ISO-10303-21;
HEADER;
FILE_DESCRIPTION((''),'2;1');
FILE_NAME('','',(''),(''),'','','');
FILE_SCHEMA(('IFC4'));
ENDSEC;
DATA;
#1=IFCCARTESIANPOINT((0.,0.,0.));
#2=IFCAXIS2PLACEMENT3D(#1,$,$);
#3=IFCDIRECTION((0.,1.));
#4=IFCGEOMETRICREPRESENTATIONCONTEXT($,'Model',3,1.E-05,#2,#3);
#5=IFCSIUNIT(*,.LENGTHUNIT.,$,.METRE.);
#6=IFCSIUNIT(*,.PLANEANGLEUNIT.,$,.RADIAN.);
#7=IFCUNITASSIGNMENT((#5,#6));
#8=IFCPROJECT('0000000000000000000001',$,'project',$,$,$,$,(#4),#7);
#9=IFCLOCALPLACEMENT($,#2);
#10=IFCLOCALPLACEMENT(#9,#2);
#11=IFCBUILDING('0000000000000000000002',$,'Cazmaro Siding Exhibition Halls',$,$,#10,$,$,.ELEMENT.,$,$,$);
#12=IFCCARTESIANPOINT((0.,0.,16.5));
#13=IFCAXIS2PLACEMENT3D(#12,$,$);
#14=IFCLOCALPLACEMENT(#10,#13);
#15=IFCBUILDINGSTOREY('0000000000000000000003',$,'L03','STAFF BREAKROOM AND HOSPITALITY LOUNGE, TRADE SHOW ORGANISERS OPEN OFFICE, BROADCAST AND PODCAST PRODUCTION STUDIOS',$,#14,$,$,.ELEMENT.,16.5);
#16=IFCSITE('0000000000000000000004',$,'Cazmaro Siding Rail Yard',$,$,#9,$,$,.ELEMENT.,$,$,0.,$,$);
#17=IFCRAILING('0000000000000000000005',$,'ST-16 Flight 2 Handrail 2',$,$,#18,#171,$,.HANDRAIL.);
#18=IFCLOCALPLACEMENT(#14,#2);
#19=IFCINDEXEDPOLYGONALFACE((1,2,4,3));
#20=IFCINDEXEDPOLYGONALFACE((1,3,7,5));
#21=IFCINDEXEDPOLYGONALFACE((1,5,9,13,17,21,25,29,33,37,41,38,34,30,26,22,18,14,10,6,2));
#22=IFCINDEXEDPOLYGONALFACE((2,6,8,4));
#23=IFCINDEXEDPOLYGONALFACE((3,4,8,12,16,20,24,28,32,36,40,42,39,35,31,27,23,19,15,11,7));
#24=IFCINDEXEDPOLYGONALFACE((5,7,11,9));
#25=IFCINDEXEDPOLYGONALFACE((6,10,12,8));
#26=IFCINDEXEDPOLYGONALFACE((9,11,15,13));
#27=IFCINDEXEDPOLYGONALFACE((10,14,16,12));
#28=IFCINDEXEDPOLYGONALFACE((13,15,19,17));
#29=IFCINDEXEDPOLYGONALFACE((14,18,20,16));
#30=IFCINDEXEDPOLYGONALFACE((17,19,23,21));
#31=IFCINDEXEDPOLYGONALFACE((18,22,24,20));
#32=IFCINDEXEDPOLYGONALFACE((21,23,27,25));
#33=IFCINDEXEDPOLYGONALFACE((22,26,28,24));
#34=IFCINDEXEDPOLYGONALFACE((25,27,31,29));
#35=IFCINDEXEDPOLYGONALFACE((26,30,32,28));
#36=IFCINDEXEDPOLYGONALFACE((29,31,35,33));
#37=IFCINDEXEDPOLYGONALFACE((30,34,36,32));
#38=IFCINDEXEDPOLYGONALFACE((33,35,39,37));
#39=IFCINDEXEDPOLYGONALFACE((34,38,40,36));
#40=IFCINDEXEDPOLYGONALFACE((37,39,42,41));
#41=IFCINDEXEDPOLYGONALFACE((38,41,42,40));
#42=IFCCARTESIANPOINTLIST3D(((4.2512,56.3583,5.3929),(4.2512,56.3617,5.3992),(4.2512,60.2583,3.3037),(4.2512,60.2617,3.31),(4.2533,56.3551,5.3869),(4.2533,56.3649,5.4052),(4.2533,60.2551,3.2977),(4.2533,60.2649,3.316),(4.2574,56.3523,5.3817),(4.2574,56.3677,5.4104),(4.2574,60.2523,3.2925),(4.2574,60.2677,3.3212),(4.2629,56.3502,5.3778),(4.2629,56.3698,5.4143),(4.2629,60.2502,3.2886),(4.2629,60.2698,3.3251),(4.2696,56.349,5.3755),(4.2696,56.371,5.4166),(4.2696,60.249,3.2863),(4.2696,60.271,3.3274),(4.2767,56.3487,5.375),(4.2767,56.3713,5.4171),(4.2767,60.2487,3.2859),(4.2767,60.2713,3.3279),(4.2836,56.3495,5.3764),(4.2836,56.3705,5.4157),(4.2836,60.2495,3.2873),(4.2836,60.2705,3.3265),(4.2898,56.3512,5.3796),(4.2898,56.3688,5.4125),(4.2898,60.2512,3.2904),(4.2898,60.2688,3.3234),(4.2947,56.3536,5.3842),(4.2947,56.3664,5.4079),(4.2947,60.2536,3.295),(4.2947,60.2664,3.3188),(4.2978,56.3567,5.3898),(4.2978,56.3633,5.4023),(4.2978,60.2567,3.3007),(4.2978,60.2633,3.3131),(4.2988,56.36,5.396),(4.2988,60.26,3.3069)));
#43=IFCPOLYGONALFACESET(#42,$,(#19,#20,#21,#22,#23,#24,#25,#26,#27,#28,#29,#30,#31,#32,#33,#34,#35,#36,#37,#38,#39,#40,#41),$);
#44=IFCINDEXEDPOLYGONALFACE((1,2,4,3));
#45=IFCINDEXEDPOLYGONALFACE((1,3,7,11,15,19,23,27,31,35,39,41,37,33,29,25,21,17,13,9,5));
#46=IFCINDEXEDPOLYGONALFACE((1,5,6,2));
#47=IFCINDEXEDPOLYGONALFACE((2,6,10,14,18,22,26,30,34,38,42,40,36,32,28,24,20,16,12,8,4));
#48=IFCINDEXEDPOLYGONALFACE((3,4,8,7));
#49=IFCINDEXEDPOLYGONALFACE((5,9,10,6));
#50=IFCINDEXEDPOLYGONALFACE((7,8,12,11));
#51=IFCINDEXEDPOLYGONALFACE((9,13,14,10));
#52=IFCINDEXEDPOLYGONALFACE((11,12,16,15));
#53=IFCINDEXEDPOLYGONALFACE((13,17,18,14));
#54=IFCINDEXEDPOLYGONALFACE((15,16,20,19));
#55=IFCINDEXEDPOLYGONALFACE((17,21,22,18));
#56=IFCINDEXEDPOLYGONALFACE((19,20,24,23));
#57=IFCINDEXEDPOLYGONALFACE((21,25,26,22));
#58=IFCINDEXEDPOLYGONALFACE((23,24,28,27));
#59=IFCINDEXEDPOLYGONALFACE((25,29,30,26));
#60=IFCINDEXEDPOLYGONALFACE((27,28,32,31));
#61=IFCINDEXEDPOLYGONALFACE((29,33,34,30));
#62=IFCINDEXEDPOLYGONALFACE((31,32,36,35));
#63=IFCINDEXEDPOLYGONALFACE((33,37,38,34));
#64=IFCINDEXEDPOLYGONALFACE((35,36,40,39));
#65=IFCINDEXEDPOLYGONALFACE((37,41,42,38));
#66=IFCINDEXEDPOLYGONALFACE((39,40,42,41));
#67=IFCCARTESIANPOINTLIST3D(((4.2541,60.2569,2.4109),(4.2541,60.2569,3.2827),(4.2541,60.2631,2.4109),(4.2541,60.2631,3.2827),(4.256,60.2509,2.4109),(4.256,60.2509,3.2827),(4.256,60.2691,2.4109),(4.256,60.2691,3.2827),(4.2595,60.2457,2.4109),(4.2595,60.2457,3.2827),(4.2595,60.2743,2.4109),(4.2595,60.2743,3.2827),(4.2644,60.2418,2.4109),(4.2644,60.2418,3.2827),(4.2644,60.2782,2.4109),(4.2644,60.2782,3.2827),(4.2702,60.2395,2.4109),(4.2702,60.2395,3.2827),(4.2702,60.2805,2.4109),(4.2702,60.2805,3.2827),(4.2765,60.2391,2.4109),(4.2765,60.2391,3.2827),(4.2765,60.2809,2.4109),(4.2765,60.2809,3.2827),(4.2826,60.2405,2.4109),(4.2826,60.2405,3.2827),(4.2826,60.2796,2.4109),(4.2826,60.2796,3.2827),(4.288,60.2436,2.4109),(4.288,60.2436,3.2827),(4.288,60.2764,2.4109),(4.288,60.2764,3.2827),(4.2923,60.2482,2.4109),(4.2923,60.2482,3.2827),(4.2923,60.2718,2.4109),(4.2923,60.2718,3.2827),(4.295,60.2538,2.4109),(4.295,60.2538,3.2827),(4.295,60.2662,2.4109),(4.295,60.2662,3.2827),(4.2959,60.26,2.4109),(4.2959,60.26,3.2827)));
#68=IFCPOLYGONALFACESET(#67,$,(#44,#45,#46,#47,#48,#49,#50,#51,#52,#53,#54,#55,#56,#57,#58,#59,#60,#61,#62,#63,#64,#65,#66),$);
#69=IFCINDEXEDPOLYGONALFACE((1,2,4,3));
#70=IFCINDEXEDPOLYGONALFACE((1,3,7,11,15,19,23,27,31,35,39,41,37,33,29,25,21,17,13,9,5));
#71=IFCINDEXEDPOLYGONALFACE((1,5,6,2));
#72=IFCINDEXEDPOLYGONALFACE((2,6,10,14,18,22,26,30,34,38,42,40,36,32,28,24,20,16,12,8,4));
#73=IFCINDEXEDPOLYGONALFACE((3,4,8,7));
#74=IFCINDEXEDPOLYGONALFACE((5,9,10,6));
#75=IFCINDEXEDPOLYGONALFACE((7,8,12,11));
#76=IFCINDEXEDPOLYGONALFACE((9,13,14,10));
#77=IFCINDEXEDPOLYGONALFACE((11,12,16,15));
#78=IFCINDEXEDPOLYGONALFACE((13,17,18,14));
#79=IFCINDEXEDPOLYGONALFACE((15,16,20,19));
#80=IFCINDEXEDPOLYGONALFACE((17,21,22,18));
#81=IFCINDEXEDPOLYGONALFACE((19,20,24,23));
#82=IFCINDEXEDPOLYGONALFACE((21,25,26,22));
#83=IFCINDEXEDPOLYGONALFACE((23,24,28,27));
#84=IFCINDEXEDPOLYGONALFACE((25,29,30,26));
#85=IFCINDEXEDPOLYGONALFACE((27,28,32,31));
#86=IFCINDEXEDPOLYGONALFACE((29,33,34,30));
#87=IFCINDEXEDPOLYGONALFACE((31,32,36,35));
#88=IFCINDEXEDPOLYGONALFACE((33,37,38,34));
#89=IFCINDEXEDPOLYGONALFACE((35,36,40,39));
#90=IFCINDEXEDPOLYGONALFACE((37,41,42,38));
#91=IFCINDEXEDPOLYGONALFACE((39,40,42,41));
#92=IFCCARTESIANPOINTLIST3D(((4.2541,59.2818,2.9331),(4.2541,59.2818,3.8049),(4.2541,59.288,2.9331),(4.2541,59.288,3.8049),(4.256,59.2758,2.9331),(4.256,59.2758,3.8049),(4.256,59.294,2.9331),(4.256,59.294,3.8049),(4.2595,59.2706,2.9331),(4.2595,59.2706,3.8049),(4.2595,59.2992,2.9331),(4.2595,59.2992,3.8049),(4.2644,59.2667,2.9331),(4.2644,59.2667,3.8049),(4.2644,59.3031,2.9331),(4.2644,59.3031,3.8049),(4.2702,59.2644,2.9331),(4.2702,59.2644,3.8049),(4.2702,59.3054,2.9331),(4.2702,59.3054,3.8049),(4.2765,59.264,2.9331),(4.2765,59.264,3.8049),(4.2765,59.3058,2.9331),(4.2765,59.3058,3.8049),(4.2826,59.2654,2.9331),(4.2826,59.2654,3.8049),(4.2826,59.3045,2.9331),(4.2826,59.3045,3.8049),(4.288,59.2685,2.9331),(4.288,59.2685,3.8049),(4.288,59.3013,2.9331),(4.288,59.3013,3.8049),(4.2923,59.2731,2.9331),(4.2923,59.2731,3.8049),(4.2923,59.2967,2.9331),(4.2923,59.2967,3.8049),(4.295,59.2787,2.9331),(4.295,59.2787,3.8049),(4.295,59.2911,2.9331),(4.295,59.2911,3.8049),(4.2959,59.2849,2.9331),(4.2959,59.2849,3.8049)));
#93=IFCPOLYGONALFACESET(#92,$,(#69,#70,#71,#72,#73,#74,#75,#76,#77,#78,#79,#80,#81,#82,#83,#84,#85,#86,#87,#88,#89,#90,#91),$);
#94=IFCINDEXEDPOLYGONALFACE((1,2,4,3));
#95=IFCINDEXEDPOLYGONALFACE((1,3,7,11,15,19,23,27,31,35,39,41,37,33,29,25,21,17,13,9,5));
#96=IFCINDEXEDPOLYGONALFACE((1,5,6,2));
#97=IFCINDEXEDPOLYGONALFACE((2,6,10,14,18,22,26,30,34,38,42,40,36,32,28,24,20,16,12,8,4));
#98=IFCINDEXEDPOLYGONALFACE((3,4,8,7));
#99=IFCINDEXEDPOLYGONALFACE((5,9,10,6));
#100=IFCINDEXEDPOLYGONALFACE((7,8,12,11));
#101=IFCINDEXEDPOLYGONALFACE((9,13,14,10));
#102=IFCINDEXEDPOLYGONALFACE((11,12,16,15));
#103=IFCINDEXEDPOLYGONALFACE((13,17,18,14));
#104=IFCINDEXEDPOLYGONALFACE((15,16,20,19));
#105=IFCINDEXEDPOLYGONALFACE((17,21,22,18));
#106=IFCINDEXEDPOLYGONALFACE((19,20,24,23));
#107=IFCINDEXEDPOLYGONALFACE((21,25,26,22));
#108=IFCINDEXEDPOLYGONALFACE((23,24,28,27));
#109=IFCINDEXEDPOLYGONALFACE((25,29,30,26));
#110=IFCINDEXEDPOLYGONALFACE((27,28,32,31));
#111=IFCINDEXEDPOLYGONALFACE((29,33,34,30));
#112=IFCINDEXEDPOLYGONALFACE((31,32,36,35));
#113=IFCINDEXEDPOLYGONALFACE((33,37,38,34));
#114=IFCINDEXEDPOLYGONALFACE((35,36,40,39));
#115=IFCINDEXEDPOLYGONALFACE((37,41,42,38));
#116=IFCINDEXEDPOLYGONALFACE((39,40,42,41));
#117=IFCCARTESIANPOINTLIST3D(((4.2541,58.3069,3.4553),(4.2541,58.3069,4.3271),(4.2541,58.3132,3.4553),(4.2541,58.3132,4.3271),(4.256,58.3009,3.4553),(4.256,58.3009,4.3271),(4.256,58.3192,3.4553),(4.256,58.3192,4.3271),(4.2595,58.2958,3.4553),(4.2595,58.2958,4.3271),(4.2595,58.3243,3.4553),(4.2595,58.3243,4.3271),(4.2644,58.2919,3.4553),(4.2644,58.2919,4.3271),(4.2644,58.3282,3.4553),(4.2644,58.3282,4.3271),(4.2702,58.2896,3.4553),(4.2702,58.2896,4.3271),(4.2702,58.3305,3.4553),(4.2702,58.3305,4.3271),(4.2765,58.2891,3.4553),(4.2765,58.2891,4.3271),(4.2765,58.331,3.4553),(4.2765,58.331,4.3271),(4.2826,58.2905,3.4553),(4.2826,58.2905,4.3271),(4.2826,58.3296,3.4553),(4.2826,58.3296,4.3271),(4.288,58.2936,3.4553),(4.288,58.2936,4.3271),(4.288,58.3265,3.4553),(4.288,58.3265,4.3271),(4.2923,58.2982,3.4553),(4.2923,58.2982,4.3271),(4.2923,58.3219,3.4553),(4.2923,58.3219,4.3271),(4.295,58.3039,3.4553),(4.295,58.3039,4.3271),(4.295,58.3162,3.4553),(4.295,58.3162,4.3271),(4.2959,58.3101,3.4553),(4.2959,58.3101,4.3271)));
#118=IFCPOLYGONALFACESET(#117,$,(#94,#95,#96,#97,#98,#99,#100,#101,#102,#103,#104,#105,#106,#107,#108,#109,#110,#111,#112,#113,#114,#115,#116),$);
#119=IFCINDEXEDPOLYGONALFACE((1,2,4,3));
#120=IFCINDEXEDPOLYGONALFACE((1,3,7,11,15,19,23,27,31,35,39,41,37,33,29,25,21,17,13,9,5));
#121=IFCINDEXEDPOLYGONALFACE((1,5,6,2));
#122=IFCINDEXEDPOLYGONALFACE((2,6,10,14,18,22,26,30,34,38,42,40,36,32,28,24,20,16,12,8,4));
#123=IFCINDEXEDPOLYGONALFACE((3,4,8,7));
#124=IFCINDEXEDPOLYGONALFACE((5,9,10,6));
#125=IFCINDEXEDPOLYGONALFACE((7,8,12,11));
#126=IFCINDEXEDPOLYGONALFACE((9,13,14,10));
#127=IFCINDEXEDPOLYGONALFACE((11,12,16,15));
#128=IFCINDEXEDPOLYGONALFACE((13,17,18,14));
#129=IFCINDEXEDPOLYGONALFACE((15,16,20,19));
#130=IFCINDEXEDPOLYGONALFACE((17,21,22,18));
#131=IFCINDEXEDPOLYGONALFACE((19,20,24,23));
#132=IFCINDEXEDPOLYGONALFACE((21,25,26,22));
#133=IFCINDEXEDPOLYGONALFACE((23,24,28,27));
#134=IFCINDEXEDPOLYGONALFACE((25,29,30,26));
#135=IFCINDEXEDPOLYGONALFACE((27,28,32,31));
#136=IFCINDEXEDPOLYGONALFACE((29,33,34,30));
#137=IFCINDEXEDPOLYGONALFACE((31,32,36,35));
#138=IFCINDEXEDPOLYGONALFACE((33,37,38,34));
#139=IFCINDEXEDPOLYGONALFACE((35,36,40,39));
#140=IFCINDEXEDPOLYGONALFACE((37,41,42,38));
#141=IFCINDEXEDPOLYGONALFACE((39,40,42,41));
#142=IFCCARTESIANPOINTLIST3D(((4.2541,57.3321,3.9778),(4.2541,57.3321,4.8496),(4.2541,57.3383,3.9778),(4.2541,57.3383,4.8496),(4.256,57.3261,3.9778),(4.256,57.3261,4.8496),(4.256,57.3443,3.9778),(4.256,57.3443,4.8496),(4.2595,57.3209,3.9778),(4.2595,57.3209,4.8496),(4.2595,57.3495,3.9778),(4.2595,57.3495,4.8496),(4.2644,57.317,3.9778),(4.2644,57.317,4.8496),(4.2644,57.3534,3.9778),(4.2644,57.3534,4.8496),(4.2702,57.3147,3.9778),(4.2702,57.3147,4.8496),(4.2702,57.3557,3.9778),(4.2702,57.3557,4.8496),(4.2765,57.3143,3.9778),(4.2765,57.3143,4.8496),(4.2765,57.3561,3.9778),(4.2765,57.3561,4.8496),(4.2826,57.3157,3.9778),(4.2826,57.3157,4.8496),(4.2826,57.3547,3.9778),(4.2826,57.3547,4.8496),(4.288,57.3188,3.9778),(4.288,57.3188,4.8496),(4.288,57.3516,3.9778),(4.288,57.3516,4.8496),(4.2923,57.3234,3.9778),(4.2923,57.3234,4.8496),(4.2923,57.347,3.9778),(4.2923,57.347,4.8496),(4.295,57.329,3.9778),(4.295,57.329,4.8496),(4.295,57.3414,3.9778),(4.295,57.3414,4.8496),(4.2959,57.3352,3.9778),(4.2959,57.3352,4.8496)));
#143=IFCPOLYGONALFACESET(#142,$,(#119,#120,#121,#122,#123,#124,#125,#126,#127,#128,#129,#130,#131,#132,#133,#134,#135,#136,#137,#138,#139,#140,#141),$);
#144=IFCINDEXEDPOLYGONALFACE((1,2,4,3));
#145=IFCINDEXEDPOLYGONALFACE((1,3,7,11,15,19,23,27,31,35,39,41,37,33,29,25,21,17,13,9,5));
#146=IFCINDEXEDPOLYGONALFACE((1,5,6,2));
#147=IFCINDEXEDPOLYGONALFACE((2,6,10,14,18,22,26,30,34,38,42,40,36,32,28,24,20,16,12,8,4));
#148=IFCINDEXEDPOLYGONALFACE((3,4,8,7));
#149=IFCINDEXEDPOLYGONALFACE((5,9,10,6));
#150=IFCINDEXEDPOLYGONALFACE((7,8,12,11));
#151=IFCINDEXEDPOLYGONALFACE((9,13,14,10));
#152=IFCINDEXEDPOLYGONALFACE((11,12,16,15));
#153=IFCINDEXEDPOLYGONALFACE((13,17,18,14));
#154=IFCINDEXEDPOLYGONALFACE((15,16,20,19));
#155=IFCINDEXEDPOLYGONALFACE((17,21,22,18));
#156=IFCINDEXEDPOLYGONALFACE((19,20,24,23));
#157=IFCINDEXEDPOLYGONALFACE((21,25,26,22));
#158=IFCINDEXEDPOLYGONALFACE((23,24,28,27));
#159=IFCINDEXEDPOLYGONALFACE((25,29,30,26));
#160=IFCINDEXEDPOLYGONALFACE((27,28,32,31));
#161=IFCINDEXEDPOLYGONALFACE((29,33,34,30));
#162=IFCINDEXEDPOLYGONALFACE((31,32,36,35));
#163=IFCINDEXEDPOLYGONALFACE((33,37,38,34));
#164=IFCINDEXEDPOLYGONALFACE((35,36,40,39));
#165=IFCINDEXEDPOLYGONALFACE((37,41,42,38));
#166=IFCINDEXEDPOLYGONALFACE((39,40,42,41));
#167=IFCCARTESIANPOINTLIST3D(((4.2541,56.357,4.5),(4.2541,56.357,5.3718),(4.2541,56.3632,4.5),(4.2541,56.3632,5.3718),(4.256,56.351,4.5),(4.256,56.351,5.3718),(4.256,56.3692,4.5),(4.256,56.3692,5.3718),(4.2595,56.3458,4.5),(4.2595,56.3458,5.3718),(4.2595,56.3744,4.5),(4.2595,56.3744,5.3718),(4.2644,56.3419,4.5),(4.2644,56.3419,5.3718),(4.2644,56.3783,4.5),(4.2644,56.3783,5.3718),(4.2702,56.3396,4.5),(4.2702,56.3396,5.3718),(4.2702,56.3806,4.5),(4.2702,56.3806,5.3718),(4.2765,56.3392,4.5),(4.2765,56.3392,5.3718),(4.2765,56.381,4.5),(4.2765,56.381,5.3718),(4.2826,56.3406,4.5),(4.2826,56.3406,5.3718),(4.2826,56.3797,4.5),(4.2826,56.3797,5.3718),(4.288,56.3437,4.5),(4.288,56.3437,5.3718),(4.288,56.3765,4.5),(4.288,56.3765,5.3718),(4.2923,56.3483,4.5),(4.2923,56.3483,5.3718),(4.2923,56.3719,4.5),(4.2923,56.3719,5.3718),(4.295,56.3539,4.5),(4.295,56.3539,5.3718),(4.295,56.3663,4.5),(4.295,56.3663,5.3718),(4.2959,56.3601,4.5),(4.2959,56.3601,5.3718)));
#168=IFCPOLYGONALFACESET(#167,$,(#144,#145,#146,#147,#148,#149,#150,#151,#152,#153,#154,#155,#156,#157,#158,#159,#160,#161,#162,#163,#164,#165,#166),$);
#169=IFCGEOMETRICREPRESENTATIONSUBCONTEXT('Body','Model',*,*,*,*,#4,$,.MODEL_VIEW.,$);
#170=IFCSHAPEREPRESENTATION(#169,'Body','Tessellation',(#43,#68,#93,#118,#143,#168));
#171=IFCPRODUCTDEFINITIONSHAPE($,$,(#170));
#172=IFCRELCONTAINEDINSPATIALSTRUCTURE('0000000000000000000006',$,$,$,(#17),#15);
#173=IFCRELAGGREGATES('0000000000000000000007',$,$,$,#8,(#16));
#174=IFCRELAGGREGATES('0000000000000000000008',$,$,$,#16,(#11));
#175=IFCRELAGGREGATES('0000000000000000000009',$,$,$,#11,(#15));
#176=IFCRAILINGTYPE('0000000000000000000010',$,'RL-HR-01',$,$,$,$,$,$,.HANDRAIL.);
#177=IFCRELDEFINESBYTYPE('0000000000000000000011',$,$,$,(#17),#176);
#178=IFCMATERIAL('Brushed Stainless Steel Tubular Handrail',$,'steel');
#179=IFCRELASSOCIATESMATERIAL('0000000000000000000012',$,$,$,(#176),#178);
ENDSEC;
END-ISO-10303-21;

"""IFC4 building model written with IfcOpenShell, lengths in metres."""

from ifc_helpers import new_model, si_unit, direction, frame, origin, origin_2d, place, context, subcontext, project, spatial, circle, extrude, material, type_object, element, save


model = new_model("IFC4")

# Units and contexts
model_context = context("Model", 3, precision=1e-05, world=origin(), true_north=direction((0.0, 1.0)))
body_context = subcontext(model_context, "Body", "Model", "MODEL_VIEW")
ifc_project = project(units=[si_unit("LENGTHUNIT", "METRE"), si_unit("PLANEANGLEUNIT", "RADIAN")], contexts=[model_context])

# Site, building, storey
site_placement = place(None, origin())
site = spatial("IfcSite", under=ifc_project, at=site_placement, Name="Cazmaro Siding Rail Yard", CompositionType="ELEMENT", RefElevation=0.0)
building_placement = place(site_placement, origin())
building = spatial("IfcBuilding", under=site, at=building_placement, Name="Cazmaro Siding Exhibition Halls", CompositionType="ELEMENT")
storey_placement = place(building_placement, frame((0.0, 0.0, 16.5)))
storey = spatial("IfcBuildingStorey", under=building, at=storey_placement, Name="L03", Description="STAFF BREAKROOM AND HOSPITALITY LOUNGE, TRADE SHOW ORGANISERS OPEN OFFICE, BROADCAST AND PODCAST PRODUCTION STUDIOS", CompositionType="ELEMENT", Elevation=16.5)

# Railing
ifc_material_1 = material(Name="Brushed Stainless Steel Tubular Handrail", Category="steel")
railing_type_1 = type_object("IfcRailingType", Name="RL-HR-01", PredefinedType="HANDRAIL", material=ifc_material_1)
railing_1_placement = place(storey_placement, frame((4.2749, 60.26, 2.4109)))
element("IfcRailing", 1, at=railing_1_placement, inside=storey, type_object=railing_type_1, Name="ST-16 Flight 2 Handrail 2", PredefinedType="HANDRAIL", context=body_context, shape_type="SweptSolid", body=[
    extrude(circle(Radius=0.0239, at=origin_2d()), frame((0.0, 0.0, 0.896), z_axis=(0.0, -0.881491, 0.4722), x_axis=(1.0, 0.0, 0.0)), (0.0, 0.0, 1.0), 4.4243),
    extrude(circle(Radius=0.021, at=origin_2d()), origin(), (0.0, 0.0, 1.0), 0.8718),
    extrude(circle(Radius=0.021, at=origin_2d()), frame((0.0, -0.9751, 0.5222)), (0.0, 0.0, 1.0), 0.8718),
    extrude(circle(Radius=0.021, at=origin_2d()), frame((0.0, -1.95, 1.0444)), (0.0, 0.0, 1.0), 0.8718),
    extrude(circle(Radius=0.021, at=origin_2d()), frame((0.0, -2.9248, 1.5669)), (0.0, 0.0, 1.0), 0.8718),
    extrude(circle(Radius=0.021, at=origin_2d()), frame((0.0, -3.8999, 2.0891)), (0.0, 0.0, 1.0), 0.8718),
])

save(model, "model.ifc")
